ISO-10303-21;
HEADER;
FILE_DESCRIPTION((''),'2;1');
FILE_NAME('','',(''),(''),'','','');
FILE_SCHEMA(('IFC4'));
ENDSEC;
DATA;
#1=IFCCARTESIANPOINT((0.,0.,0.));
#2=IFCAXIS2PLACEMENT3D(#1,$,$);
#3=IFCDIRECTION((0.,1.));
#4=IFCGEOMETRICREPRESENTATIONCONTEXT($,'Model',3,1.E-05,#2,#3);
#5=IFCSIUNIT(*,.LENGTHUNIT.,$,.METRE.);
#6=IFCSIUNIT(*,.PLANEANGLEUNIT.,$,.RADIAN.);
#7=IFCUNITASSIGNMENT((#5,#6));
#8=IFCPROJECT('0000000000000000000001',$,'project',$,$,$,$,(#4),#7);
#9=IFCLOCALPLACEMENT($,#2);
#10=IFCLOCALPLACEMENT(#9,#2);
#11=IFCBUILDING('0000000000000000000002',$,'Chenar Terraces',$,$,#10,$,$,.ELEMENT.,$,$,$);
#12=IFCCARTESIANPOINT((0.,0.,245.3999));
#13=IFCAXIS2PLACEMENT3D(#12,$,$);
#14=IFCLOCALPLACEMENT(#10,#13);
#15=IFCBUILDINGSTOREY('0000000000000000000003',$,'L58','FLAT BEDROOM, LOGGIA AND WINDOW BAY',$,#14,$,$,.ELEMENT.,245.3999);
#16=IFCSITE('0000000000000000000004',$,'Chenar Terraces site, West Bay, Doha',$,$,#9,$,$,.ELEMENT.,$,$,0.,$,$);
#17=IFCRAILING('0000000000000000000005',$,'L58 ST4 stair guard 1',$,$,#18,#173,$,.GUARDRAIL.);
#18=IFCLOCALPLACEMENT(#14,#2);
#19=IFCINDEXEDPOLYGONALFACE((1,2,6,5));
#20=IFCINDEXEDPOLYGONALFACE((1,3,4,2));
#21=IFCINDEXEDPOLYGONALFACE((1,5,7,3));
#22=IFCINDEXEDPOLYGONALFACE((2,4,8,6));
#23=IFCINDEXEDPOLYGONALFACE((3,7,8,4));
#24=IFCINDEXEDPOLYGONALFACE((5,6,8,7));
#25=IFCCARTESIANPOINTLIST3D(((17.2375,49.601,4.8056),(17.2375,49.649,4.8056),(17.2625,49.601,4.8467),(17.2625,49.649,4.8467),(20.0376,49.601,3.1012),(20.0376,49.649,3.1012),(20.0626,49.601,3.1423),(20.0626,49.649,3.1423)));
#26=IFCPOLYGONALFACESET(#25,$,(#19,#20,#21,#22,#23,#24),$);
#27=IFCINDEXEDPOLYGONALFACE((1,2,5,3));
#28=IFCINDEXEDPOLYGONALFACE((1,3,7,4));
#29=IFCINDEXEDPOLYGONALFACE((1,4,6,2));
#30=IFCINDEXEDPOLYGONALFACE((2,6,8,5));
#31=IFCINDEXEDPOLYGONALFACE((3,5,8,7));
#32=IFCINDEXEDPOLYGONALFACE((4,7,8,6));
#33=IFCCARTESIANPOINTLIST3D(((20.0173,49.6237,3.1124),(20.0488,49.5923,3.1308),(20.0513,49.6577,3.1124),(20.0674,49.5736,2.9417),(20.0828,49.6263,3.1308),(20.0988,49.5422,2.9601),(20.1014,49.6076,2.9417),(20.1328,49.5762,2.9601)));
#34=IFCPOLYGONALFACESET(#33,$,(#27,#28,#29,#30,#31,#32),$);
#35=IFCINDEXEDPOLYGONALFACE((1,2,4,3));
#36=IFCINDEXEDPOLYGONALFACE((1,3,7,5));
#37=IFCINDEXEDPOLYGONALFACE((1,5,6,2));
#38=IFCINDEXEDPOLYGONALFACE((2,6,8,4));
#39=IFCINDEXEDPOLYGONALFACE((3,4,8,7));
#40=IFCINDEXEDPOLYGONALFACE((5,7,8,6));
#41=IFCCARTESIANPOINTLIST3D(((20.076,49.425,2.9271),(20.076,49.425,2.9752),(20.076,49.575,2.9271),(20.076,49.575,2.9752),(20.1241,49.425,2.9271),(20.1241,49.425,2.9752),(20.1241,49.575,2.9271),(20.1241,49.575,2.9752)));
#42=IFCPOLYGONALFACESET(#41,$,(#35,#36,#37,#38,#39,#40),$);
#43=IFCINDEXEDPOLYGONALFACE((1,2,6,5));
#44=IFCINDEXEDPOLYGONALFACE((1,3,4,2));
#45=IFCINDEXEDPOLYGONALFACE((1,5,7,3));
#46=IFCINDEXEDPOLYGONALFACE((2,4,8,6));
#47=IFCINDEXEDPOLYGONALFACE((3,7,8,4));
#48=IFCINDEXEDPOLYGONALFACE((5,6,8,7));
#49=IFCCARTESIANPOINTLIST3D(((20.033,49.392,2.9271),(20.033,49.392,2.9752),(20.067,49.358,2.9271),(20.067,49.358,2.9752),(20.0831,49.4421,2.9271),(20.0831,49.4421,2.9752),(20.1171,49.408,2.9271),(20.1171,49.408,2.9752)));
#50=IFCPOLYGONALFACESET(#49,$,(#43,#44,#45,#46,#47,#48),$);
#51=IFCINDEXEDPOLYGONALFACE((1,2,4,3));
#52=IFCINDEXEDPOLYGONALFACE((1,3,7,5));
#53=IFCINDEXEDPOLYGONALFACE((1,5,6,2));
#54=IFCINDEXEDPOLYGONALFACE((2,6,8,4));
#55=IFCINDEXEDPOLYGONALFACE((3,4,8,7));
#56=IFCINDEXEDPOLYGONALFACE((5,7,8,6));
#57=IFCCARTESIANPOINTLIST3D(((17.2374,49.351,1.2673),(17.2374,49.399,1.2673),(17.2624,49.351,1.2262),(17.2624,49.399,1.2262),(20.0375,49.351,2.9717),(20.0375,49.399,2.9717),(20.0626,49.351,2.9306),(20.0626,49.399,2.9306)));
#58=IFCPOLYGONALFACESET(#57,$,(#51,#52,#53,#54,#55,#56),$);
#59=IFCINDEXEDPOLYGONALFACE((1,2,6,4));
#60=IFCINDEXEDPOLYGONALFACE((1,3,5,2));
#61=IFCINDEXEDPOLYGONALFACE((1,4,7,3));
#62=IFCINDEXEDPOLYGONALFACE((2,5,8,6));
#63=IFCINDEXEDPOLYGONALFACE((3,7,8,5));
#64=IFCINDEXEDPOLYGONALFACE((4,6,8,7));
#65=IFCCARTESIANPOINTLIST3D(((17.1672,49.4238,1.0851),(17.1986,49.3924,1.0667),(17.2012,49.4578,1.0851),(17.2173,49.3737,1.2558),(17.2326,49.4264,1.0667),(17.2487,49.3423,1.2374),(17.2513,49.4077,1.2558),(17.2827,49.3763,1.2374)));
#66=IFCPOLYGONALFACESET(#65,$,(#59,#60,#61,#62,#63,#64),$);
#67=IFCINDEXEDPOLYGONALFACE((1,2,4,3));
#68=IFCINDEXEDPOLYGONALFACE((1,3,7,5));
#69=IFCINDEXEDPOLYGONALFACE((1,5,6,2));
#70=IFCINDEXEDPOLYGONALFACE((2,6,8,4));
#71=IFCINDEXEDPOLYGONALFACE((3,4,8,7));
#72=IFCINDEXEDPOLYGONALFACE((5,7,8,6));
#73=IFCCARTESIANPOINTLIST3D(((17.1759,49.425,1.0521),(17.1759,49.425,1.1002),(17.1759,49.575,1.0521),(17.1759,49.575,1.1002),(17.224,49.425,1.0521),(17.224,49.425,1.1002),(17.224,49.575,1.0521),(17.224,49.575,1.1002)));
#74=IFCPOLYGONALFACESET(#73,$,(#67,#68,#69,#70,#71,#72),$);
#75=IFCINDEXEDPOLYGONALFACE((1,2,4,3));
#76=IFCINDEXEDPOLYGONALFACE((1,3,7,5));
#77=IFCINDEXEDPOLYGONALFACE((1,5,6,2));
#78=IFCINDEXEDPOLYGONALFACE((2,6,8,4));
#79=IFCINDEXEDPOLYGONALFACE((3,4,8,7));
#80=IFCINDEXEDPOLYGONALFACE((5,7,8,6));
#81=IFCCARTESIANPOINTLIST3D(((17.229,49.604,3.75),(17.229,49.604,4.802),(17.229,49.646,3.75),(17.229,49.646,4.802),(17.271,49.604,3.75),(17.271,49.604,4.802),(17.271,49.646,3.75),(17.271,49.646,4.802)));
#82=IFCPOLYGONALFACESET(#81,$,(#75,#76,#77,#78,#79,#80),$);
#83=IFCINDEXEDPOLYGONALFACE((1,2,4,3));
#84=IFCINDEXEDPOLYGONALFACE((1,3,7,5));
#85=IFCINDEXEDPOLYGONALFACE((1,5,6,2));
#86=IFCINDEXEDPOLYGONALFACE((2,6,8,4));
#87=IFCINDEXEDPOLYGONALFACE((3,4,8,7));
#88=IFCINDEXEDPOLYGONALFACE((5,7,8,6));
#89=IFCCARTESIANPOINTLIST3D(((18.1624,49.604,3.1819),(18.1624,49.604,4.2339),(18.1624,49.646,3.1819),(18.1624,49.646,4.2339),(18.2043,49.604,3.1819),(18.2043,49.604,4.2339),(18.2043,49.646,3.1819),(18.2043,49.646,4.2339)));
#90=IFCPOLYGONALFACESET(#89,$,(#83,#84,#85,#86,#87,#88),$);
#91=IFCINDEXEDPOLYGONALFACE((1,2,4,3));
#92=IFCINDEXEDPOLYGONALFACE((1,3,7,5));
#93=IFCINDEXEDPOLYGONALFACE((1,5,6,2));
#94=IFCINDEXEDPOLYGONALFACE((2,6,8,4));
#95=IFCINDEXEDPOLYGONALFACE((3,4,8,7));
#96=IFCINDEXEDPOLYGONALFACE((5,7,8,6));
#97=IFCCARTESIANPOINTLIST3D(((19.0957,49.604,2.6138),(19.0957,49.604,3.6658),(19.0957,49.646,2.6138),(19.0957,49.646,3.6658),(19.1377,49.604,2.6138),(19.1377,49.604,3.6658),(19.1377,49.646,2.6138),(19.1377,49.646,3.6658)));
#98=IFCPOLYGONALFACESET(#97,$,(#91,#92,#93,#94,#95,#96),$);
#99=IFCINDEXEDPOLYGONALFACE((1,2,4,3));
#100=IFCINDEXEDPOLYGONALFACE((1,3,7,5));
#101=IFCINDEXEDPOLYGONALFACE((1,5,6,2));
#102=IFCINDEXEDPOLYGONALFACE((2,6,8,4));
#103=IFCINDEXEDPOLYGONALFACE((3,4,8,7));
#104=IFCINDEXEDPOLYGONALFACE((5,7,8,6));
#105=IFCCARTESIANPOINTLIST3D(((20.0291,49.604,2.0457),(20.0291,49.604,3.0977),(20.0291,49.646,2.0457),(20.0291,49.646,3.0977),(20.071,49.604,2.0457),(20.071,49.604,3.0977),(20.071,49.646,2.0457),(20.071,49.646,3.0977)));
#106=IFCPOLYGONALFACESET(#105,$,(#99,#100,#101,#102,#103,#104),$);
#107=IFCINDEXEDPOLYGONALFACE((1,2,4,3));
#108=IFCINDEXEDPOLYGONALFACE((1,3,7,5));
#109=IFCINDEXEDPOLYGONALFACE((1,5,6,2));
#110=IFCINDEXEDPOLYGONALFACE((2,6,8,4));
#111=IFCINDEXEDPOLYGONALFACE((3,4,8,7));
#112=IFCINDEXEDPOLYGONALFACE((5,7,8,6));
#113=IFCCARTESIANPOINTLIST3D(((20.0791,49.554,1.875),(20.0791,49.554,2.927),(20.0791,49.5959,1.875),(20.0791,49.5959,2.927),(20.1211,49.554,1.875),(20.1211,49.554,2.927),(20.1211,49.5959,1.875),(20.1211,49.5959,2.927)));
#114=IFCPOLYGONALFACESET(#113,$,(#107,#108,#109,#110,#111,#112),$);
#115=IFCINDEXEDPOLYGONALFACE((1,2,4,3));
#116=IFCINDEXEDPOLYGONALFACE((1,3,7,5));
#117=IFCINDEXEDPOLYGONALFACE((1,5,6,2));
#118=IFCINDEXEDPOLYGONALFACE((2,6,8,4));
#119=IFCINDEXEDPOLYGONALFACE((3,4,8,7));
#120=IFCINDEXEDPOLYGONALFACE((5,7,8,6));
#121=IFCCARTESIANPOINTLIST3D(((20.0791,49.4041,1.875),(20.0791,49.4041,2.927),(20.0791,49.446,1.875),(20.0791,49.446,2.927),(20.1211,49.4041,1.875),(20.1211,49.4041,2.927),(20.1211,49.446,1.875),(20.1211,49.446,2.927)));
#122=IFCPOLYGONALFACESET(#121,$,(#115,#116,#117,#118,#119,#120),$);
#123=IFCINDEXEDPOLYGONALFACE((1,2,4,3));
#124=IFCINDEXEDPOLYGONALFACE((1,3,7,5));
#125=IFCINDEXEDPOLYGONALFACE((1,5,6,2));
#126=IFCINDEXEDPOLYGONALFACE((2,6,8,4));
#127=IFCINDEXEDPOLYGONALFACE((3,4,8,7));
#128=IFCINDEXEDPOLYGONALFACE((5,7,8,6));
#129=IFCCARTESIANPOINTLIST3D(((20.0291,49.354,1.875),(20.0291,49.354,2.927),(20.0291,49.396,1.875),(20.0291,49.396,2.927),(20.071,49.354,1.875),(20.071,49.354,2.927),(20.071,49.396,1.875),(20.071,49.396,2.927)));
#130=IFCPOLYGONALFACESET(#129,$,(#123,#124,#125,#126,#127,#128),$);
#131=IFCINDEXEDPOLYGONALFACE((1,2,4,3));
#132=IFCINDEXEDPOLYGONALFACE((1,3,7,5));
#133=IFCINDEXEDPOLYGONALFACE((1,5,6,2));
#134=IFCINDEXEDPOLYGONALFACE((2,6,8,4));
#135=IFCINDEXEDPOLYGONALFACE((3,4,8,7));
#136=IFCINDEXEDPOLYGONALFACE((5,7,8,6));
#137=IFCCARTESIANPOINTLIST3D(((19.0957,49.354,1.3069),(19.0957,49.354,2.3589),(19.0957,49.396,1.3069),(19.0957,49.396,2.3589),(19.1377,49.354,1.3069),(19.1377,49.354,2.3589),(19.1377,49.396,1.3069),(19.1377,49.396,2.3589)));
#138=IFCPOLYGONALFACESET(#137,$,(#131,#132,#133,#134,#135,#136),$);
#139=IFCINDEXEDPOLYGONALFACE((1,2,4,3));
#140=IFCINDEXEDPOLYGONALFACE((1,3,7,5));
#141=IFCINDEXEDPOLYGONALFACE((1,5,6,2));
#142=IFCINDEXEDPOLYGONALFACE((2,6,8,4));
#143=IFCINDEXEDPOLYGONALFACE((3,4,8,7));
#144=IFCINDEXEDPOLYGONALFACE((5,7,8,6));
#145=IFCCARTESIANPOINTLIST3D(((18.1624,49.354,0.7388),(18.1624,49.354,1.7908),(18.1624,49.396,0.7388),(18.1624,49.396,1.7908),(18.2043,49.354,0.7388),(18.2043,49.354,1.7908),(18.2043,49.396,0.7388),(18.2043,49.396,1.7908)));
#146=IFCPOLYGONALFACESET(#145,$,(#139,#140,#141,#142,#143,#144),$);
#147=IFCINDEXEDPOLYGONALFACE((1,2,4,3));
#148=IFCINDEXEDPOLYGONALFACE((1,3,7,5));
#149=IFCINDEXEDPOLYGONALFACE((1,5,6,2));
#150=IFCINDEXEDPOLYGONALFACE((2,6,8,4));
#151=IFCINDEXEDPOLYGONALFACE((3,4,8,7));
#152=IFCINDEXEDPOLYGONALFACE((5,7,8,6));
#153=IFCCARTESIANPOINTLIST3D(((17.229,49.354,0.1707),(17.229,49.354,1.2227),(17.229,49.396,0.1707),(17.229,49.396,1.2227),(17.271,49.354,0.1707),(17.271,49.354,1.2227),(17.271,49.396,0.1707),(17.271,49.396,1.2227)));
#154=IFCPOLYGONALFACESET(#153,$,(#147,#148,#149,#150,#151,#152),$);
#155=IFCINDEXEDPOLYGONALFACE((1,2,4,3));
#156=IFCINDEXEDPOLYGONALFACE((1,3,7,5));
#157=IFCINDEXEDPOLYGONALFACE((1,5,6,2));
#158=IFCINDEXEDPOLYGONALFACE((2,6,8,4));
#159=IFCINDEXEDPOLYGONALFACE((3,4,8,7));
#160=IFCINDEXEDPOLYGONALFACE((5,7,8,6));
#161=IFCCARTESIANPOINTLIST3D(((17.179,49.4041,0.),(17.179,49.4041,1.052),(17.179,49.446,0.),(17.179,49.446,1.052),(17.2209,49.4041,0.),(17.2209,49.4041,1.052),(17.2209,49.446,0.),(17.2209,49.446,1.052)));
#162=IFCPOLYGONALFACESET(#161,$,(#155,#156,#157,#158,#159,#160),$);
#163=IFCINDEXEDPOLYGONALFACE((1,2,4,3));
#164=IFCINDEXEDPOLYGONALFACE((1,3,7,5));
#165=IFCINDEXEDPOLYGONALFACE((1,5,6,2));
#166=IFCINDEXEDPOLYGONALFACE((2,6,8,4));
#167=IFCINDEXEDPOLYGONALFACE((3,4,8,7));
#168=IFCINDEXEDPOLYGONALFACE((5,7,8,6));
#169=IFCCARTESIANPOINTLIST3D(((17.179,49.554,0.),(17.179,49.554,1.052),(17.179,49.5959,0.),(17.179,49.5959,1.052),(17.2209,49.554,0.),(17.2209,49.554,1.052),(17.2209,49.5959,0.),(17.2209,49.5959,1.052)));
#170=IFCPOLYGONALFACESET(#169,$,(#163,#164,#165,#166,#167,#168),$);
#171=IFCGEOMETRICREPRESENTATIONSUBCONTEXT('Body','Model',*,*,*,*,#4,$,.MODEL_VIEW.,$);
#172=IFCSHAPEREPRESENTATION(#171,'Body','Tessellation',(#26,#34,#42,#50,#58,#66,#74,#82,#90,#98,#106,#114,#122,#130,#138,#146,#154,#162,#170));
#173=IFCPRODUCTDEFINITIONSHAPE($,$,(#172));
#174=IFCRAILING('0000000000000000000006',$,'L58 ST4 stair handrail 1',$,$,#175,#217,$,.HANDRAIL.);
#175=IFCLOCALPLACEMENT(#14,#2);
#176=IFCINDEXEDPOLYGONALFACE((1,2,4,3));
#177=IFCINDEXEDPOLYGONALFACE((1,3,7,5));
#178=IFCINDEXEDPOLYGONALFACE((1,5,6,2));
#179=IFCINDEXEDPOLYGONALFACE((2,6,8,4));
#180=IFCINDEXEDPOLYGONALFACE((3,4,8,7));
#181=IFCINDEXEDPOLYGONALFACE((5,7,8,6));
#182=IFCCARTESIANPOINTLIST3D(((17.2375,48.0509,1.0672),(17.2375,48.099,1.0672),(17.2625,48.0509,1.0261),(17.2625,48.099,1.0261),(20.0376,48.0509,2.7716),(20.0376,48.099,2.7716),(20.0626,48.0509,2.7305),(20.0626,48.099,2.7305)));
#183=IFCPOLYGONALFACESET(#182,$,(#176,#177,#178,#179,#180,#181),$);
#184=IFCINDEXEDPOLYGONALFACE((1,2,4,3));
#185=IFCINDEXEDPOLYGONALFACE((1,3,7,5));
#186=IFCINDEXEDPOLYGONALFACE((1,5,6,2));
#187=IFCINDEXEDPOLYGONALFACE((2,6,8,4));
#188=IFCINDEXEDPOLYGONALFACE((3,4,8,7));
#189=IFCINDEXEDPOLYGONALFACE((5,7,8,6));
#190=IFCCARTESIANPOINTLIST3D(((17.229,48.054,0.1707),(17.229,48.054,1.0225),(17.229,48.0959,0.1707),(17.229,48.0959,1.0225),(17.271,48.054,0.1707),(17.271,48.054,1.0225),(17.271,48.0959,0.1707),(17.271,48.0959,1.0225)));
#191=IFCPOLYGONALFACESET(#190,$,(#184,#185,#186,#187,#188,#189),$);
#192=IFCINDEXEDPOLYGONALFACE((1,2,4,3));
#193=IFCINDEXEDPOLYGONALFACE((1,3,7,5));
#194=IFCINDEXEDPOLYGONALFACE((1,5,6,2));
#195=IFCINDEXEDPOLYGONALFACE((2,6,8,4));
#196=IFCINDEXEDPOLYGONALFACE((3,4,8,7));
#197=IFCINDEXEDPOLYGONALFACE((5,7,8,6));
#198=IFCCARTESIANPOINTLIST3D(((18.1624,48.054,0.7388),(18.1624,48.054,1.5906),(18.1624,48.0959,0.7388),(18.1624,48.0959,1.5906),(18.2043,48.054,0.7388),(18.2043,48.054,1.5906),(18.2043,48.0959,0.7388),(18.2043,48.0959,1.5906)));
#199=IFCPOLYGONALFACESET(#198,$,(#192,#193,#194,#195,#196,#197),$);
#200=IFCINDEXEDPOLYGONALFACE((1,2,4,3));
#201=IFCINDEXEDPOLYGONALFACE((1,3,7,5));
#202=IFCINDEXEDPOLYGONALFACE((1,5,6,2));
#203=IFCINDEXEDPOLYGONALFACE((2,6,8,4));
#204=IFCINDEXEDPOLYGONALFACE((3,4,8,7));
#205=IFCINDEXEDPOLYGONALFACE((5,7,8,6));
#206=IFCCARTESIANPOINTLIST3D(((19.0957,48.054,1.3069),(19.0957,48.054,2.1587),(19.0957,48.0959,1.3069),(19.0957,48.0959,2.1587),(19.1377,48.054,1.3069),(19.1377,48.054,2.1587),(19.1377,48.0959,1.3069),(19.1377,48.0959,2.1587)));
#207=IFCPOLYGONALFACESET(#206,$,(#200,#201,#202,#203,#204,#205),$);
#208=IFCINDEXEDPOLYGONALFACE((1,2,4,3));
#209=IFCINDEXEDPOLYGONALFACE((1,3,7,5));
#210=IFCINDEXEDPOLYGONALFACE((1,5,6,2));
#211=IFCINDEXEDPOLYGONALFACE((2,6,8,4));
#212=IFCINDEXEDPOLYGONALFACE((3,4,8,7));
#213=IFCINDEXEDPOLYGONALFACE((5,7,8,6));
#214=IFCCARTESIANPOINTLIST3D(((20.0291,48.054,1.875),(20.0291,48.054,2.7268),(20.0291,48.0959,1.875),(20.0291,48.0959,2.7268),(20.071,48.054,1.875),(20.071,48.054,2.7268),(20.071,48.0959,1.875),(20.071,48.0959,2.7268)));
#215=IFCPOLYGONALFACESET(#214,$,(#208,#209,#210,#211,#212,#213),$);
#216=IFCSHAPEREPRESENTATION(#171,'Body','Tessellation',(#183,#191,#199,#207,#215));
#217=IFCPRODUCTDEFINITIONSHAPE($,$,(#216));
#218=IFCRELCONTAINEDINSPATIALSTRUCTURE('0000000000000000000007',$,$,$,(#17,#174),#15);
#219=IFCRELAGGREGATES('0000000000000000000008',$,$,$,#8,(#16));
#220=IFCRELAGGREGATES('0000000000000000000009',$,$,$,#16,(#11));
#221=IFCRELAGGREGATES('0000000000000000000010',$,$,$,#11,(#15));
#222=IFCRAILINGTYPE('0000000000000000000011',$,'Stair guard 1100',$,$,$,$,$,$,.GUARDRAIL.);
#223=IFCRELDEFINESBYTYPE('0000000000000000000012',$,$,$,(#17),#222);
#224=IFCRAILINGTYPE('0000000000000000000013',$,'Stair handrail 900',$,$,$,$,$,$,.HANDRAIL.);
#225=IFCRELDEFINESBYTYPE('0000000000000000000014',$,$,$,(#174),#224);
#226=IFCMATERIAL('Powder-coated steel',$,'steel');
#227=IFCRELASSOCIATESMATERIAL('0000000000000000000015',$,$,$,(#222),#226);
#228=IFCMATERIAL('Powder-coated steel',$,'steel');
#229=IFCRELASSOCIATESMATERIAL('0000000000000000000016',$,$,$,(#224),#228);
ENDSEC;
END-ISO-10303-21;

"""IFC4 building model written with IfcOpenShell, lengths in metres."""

from ifc_helpers import new_model, si_unit, direction, frame, origin, origin_2d, place, context, subcontext, project, spatial, rectangle, extrude, material, type_object, element, save


model = new_model("IFC4")

# Units and contexts
model_context = context("Model", 3, precision=1e-05, world=origin(), true_north=direction((0.0, 1.0)))
body_context = subcontext(model_context, "Body", "Model", "MODEL_VIEW")
ifc_project = project(units=[si_unit("LENGTHUNIT", "METRE"), si_unit("PLANEANGLEUNIT", "RADIAN")], contexts=[model_context])

# Site, building, storey
site_placement = place(None, origin())
site = spatial("IfcSite", under=ifc_project, at=site_placement, Name="Chenar Terraces site, West Bay, Doha", CompositionType="ELEMENT", RefElevation=0.0)
building_placement = place(site_placement, origin())
building = spatial("IfcBuilding", under=site, at=building_placement, Name="Chenar Terraces", CompositionType="ELEMENT")
storey_placement = place(building_placement, frame((0.0, 0.0, 245.3999)))
storey = spatial("IfcBuildingStorey", under=building, at=storey_placement, Name="L58", Description="FLAT BEDROOM, LOGGIA AND WINDOW BAY", CompositionType="ELEMENT", Elevation=245.3999)

# Railings
ifc_material_1 = material(Name="Powder-coated steel", Category="steel")
railing_type_1 = type_object("IfcRailingType", Name="Stair guard 1100", PredefinedType="GUARDRAIL", material=ifc_material_1)
railing_1_placement = place(storey_placement, frame((17.25, 49.625, 3.75)))
element("IfcRailing", 1, at=railing_1_placement, inside=storey, type_object=railing_type_1, Name="L58 ST4 stair guard 1", PredefinedType="GUARDRAIL", context=body_context, shape_type="SweptSolid", body=[
    extrude(rectangle(XDim=0.0481, YDim=0.0481, at=origin_2d()), frame((0.0, 0.0, 1.0762), z_axis=(0.854203, 0.0, -0.51994), x_axis=(0.0, 1.0, 0.0)), (0.0, 0.0, 1.0), 3.2781),
    extrude(rectangle(XDim=0.0481, YDim=0.0481, at=origin_2d()), frame((2.8, 0.0, -0.6284), z_axis=(0.2709, -0.2709, -0.923703), x_axis=(0.707107, 0.707107, 0.0)), (0.0, 0.0, 1.0), 0.1848),
    extrude(rectangle(XDim=0.0481, YDim=0.0481, at=origin_2d()), frame((2.8501, -0.05, -0.7988), z_axis=(0.0, -1.0, 0.0), x_axis=(1.0, 0.0, 0.0)), (0.0, 0.0, 1.0), 0.1499),
    extrude(rectangle(XDim=0.0481, YDim=0.0481, at=origin_2d()), frame((2.8501, -0.2, -0.7988), z_axis=(-0.707107, -0.707107, 0.0), x_axis=(0.707107, -0.707107, 0.0)), (0.0, 0.0, 1.0), 0.0708),
    extrude(rectangle(XDim=0.0481, YDim=0.0481, at=origin_2d()), frame((2.8, -0.25, -0.7988), z_axis=(-0.854203, 0.0, -0.51994), x_axis=(0.0, -1.0, 0.0)), (0.0, 0.0, 1.0), 3.2781),
    extrude(rectangle(XDim=0.0481, YDim=0.0481, at=origin_2d()), frame((0.0, -0.25, -2.5034), z_axis=(-0.2709, 0.2709, -0.923703), x_axis=(-0.707107, -0.707107, 0.0)), (0.0, 0.0, 1.0), 0.1848),
    extrude(rectangle(XDim=0.0481, YDim=0.0481, at=origin_2d()), frame((-0.05, -0.2, -2.6738), z_axis=(0.0, 1.0, 0.0), x_axis=(-1.0, 0.0, 0.0)), (0.0, 0.0, 1.0), 0.1499),
    extrude(rectangle(XDim=0.042, YDim=0.042, at=origin_2d()), origin(), (0.0, 0.0, 1.0), 1.052),
    extrude(rectangle(XDim=0.042, YDim=0.042, at=origin_2d()), frame((0.9333, 0.0, -0.5681)), (0.0, 0.0, 1.0), 1.052),
    extrude(rectangle(XDim=0.042, YDim=0.042, at=origin_2d()), frame((1.8667, 0.0, -1.1362)), (0.0, 0.0, 1.0), 1.052),
    extrude(rectangle(XDim=0.042, YDim=0.042, at=origin_2d()), frame((2.8, 0.0, -1.7043)), (0.0, 0.0, 1.0), 1.052),
    extrude(rectangle(XDim=0.042, YDim=0.042, at=origin_2d()), frame((2.8501, -0.05, -1.875)), (0.0, 0.0, 1.0), 1.052),
    extrude(rectangle(XDim=0.042, YDim=0.042, at=origin_2d()), frame((2.8501, -0.2, -1.875)), (0.0, 0.0, 1.0), 1.052),
    extrude(rectangle(XDim=0.042, YDim=0.042, at=origin_2d()), frame((2.8, -0.25, -1.875)), (0.0, 0.0, 1.0), 1.052),
    extrude(rectangle(XDim=0.042, YDim=0.042, at=origin_2d()), frame((1.8667, -0.25, -2.4431)), (0.0, 0.0, 1.0), 1.052),
    extrude(rectangle(XDim=0.042, YDim=0.042, at=origin_2d()), frame((0.9333, -0.25, -3.0112)), (0.0, 0.0, 1.0), 1.052),
    extrude(rectangle(XDim=0.042, YDim=0.042, at=origin_2d()), frame((0.0, -0.25, -3.5793)), (0.0, 0.0, 1.0), 1.052),
    extrude(rectangle(XDim=0.042, YDim=0.042, at=origin_2d()), frame((-0.05, -0.2, -3.75)), (0.0, 0.0, 1.0), 1.052),
    extrude(rectangle(XDim=0.042, YDim=0.042, at=origin_2d()), frame((-0.05, -0.05, -3.75)), (0.0, 0.0, 1.0), 1.052),
])
ifc_material_2 = material(Name="Powder-coated steel", Category="steel")
railing_type_2 = type_object("IfcRailingType", Name="Stair handrail 900", PredefinedType="HANDRAIL", material=ifc_material_2)
railing_2_placement = place(storey_placement, frame((17.25, 48.075, 0.1707)))
element("IfcRailing", 2, at=railing_2_placement, inside=storey, type_object=railing_type_2, Name="L58 ST4 stair handrail 1", PredefinedType="HANDRAIL", context=body_context, shape_type="SweptSolid", body=[
    extrude(rectangle(XDim=0.0481, YDim=0.0481, at=origin_2d()), frame((0.0, 0.0, 0.876), z_axis=(0.854203, 0.0, 0.51994), x_axis=(0.0, 1.0, 0.0)), (0.0, 0.0, 1.0), 3.2781),
    extrude(rectangle(XDim=0.042, YDim=0.042, at=origin_2d()), origin(), (0.0, 0.0, 1.0), 0.8518),
    extrude(rectangle(XDim=0.042, YDim=0.042, at=origin_2d()), frame((0.9333, 0.0, 0.5681)), (0.0, 0.0, 1.0), 0.8518),
    extrude(rectangle(XDim=0.042, YDim=0.042, at=origin_2d()), frame((1.8667, 0.0, 1.1362)), (0.0, 0.0, 1.0), 0.8518),
    extrude(rectangle(XDim=0.042, YDim=0.042, at=origin_2d()), frame((2.8, 0.0, 1.7043)), (0.0, 0.0, 1.0), 0.8518),
])

save(model, "model.ifc")
